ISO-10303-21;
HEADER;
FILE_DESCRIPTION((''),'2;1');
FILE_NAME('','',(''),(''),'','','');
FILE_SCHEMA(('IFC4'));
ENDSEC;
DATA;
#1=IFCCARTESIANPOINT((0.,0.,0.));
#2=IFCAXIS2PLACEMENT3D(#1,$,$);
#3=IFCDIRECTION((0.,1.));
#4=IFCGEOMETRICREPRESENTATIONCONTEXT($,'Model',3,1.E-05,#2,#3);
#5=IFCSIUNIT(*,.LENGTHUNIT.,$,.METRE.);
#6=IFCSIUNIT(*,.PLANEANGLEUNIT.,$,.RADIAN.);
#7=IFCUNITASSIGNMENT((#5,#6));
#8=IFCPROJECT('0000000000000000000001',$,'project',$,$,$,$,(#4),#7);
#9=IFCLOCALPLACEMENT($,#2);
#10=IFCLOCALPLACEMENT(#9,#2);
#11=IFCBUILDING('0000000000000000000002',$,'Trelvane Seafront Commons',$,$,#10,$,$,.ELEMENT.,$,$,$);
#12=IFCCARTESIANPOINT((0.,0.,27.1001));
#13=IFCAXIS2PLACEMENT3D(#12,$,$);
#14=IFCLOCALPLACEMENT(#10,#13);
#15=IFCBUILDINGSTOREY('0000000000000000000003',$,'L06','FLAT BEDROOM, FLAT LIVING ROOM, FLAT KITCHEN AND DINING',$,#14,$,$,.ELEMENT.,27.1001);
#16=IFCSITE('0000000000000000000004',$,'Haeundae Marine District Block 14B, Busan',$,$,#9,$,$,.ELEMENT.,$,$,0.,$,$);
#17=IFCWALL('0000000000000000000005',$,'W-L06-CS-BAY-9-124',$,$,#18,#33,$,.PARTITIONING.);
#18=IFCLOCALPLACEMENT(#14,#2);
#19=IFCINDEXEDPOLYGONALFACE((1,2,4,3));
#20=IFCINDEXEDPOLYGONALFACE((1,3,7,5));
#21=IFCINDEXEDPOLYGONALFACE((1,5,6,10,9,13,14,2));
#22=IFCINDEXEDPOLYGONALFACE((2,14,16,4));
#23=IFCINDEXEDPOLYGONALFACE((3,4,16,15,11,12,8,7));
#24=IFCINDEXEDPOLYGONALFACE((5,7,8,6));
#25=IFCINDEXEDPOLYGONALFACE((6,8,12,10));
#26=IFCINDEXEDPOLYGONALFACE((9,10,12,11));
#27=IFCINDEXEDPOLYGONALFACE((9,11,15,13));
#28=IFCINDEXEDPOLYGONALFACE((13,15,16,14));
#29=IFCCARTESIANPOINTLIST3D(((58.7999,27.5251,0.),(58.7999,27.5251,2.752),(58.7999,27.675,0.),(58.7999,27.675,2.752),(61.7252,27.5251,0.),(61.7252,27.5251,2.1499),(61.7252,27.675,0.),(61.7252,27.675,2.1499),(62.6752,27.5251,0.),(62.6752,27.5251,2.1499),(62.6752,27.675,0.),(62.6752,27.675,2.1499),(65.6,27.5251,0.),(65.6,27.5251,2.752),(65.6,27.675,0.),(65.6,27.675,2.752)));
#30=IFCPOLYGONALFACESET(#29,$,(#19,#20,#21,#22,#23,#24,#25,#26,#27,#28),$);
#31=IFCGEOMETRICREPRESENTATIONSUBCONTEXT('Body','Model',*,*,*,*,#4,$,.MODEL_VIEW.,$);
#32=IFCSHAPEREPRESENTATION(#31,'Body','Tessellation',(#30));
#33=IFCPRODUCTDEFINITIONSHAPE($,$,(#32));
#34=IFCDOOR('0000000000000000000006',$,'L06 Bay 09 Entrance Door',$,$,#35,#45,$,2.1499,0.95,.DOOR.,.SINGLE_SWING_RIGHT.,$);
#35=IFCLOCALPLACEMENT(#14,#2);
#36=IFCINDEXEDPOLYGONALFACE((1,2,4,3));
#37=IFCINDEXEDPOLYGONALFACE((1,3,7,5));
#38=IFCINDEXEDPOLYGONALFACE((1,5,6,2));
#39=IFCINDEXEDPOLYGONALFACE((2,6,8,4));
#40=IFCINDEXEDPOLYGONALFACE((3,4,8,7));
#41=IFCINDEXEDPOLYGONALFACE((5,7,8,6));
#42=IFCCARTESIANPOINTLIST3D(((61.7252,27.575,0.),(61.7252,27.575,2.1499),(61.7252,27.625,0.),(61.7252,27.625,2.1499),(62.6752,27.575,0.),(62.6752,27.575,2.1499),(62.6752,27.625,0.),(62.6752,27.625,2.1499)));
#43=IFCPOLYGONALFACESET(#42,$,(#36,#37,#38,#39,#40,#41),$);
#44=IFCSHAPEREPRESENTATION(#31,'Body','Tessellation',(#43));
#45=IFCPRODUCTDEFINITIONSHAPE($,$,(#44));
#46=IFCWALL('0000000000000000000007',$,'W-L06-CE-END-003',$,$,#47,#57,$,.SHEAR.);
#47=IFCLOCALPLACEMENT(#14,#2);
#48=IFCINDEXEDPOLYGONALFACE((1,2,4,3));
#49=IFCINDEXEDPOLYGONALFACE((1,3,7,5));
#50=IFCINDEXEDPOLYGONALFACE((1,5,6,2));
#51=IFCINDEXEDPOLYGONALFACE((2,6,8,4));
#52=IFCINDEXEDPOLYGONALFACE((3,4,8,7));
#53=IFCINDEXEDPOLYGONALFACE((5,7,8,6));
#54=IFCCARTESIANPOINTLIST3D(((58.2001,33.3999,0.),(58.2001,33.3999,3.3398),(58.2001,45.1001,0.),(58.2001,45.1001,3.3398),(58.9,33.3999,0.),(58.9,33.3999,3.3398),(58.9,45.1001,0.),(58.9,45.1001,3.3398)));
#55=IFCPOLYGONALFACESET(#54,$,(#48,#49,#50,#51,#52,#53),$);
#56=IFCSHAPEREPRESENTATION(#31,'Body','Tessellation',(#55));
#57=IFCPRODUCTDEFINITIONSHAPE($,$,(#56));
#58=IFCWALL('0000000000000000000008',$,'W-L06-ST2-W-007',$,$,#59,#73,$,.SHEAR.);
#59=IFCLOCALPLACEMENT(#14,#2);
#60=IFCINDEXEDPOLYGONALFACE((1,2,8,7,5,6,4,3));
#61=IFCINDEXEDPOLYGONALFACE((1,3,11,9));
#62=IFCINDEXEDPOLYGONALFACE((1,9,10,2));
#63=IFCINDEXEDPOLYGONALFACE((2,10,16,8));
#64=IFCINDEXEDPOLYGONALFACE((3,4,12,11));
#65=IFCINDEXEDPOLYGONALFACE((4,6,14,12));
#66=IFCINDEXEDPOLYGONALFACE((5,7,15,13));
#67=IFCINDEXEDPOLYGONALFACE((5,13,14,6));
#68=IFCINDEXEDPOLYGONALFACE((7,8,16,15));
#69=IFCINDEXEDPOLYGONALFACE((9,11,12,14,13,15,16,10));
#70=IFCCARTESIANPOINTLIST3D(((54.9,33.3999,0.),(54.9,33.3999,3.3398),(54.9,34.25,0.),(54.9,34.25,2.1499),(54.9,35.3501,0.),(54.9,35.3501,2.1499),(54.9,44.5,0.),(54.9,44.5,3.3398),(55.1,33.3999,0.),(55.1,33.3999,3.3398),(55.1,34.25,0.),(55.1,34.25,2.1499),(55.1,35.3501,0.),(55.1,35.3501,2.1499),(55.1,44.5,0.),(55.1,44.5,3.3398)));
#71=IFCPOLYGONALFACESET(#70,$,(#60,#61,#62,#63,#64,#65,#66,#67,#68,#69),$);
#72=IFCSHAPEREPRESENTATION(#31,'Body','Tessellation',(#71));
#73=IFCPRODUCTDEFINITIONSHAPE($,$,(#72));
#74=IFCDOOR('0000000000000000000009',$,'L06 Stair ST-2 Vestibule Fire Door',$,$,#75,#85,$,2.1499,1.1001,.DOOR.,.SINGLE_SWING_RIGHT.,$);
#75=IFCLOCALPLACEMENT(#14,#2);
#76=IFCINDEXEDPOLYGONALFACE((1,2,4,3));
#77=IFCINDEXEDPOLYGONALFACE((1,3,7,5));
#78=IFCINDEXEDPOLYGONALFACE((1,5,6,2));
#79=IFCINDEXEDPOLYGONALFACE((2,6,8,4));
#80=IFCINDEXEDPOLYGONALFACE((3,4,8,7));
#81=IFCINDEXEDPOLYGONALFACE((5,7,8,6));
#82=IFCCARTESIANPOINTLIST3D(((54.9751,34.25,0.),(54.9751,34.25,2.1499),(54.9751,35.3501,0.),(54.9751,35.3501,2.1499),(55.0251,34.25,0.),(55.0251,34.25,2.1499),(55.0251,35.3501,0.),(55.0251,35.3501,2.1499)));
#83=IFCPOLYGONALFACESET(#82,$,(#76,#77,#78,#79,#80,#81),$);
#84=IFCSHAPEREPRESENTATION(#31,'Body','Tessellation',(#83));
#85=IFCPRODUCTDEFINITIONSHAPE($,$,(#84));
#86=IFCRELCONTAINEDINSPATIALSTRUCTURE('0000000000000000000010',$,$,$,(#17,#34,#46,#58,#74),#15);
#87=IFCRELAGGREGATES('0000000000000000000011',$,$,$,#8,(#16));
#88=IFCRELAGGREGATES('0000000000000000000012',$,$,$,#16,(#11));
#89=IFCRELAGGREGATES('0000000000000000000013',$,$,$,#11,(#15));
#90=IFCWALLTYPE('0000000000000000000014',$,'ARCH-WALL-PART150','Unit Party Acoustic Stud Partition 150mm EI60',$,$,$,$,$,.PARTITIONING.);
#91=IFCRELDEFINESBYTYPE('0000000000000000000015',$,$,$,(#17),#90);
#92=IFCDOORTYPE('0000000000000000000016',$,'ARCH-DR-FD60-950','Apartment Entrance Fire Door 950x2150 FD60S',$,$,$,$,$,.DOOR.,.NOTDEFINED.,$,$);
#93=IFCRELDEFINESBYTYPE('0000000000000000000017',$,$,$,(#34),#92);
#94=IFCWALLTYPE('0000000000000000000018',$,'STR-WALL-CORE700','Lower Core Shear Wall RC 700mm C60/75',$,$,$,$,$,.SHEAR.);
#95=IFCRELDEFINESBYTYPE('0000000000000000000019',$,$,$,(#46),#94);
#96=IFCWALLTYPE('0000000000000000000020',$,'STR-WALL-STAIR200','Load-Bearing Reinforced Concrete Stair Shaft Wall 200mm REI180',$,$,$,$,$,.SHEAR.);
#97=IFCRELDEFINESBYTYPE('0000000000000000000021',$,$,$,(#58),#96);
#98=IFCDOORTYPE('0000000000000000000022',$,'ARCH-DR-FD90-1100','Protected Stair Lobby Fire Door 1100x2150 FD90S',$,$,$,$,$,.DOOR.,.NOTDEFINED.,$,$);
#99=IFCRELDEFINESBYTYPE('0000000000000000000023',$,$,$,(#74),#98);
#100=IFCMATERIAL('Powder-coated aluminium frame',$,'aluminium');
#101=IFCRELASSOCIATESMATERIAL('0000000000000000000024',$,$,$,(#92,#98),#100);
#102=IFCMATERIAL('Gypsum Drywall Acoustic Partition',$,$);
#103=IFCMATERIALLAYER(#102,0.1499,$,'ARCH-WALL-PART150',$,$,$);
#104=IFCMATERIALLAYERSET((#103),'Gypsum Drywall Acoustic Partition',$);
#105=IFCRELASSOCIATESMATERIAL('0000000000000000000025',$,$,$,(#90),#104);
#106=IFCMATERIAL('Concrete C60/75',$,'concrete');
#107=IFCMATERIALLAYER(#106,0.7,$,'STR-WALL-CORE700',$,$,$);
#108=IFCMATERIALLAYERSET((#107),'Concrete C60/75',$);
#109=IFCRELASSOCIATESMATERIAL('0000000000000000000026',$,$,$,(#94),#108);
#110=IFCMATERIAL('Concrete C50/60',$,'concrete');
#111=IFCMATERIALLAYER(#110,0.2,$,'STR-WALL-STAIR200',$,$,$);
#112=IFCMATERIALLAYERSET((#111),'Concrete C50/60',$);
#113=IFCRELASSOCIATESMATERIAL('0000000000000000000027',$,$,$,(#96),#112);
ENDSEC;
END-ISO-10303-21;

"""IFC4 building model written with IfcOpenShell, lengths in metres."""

from ifc_helpers import new_model, si_unit, direction, frame, frame_2d, origin, place, context, subcontext, project, spatial, rectangle, extrude, source, transform, mapped, material, layer, layer_set, type_object, element, fill, save


model = new_model("IFC4")

# Units and contexts
model_context = context("Model", 3, precision=1e-05, world=origin(), true_north=direction((0.0, 1.0)))
body_context = subcontext(model_context, "Body", "Model", "MODEL_VIEW")
ifc_project = project(units=[si_unit("LENGTHUNIT", "METRE"), si_unit("PLANEANGLEUNIT", "RADIAN")], contexts=[model_context])

# Site, building, storey
site_placement = place(None, origin())
site = spatial("IfcSite", under=ifc_project, at=site_placement, Name="Haeundae Marine District Block 14B, Busan", CompositionType="ELEMENT", RefElevation=0.0)
building_placement = place(site_placement, origin())
building = spatial("IfcBuilding", under=site, at=building_placement, Name="Trelvane Seafront Commons", CompositionType="ELEMENT")
storey_placement = place(building_placement, frame((0.0, 0.0, 27.1001)))
storey = spatial("IfcBuildingStorey", under=building, at=storey_placement, Name="L06", Description="FLAT BEDROOM, FLAT LIVING ROOM, FLAT KITCHEN AND DINING", CompositionType="ELEMENT", Elevation=27.1001)

# Shared definitions
ifc_material_1 = material(Name="Concrete C60/75", Category="concrete")

# Shared definitions
ifc_material_2 = material(Name="Powder-coated aluminium frame", Category="aluminium")
door_type_1 = type_object("IfcDoorType", Name="ARCH-DR-FD60-950", Description="Apartment Entrance Fire Door 950x2150 FD60S", OperationType="NOTDEFINED", PredefinedType="DOOR", material=ifc_material_2)
shared_shape_1 = source(origin(), body_context, "Body", "SweptSolid", [
    extrude(rectangle(XDim=0.95, YDim=2.1499, at=frame_2d((0.4751, 1.075))), frame((0.0, 0.0249, 0.0), z_axis=(0.0, -1.0, 0.0), x_axis=(1.0, 0.0, 0.0)), (0.0, 0.0, 1.0), 0.05),
])

# Shared definitions
ifc_material_3 = material(Name="Gypsum Drywall Acoustic Partition")

# Wall, opening, door
ifc_layer_1 = layer(ifc_material_3, 0.1499, Name="ARCH-WALL-PART150")
ifc_layer_set_1 = layer_set([ifc_layer_1], Name="Gypsum Drywall Acoustic Partition")
wall_type_1 = type_object("IfcWallType", Name="ARCH-WALL-PART150", Description="Unit Party Acoustic Stud Partition 150mm EI60", PredefinedType="PARTITIONING", material=ifc_layer_set_1)
wall_1_placement = place(storey_placement, frame((58.8, 27.6001, 0.0), z_axis=(0.0, 0.0, 1.0), x_axis=(1.0, 0.0, 0.0)))
wall_1 = element("IfcWall", 1, at=wall_1_placement, inside=storey, type_object=wall_type_1, Name="W-L06-CS-BAY-9-124", PredefinedType="PARTITIONING", context=body_context, shape_type="SweptSolid", body=[
    extrude(rectangle(XDim=6.8, YDim=0.1499, at=frame_2d((3.3999, 0.0))), origin(), (0.0, 0.0, 1.0), 2.752),
])
opening_1_placement = place(wall_1_placement, frame((2.925, 0.0, 0.0)))
opening_1 = element("IfcOpeningElement", 2, at=opening_1_placement, cuts=wall_1, PredefinedType="OPENING", context=body_context, shape_type="SweptSolid", body=[
    extrude(rectangle(XDim=0.95, YDim=2.1499, at=frame_2d((0.4751, 1.075))), frame((0.0, 0.085, 0.0), z_axis=(0.0, -1.0, 0.0), x_axis=(1.0, 0.0, 0.0)), (0.0, 0.0, 1.0), 0.1699),
])
door_1_placement = place(opening_1_placement, origin())
door_1 = element("IfcDoor", 3, at=door_1_placement, inside=storey, type_object=door_type_1, Name="L06 Bay 09 Entrance Door", OperationType="SINGLE_SWING_RIGHT", OverallHeight=2.1499, OverallWidth=0.95, PredefinedType="DOOR", context=body_context, shape_type="MappedRepresentation", body=[
    mapped(shared_shape_1, transform((0.0, 0.0, 0.0), x_axis=(1.0, 0.0, 0.0), y_axis=(0.0, 1.0, 0.0), z_axis=(0.0, 0.0, 1.0), scale=1.0)),
])
fill(opening_1, door_1)

# Wall
ifc_layer_2 = layer(ifc_material_1, 0.7, Name="STR-WALL-CORE700")
ifc_layer_set_2 = layer_set([ifc_layer_2], Name="Concrete C60/75")
wall_type_2 = type_object("IfcWallType", Name="STR-WALL-CORE700", Description="Lower Core Shear Wall RC 700mm C60/75", PredefinedType="SHEAR", material=ifc_layer_set_2)
wall_2_placement = place(storey_placement, frame((58.55, 33.3999, 0.0), z_axis=(0.0, 0.0, 1.0), x_axis=(0.0, 1.0, 0.0)))
element("IfcWall", 4, at=wall_2_placement, inside=storey, type_object=wall_type_2, Name="W-L06-CE-END-003", PredefinedType="SHEAR", context=body_context, shape_type="SweptSolid", body=[
    extrude(rectangle(XDim=11.7002, YDim=0.7, at=frame_2d((5.8501, 0.0))), origin(), (0.0, 0.0, 1.0), 3.3398),
])

# Wall, opening, door
ifc_material_4 = material(Name="Concrete C50/60", Category="concrete")
ifc_layer_3 = layer(ifc_material_4, 0.2, Name="STR-WALL-STAIR200")
ifc_layer_set_3 = layer_set([ifc_layer_3], Name="Concrete C50/60")
wall_type_3 = type_object("IfcWallType", Name="STR-WALL-STAIR200", Description="Load-Bearing Reinforced Concrete Stair Shaft Wall 200mm REI180", PredefinedType="SHEAR", material=ifc_layer_set_3)
wall_3_placement = place(storey_placement, frame((55.0, 33.3999, 0.0), z_axis=(0.0, 0.0, 1.0), x_axis=(0.0, 1.0, 0.0)))
wall_3 = element("IfcWall", 5, at=wall_3_placement, inside=storey, type_object=wall_type_3, Name="W-L06-ST2-W-007", PredefinedType="SHEAR", context=body_context, shape_type="SweptSolid", body=[
    extrude(rectangle(XDim=11.1001, YDim=0.2, at=frame_2d((5.55, 0.0))), origin(), (0.0, 0.0, 1.0), 3.3398),
])
opening_2_placement = place(wall_3_placement, frame((0.8501, 0.0, 0.0)))
opening_2 = element("IfcOpeningElement", 6, at=opening_2_placement, cuts=wall_3, PredefinedType="OPENING", context=body_context, shape_type="SweptSolid", body=[
    extrude(rectangle(XDim=1.1001, YDim=2.1499, at=frame_2d((0.55, 1.075))), frame((0.0, 0.1099, 0.0), z_axis=(0.0, -1.0, 0.0), x_axis=(1.0, 0.0, 0.0)), (0.0, 0.0, 1.0), 0.22),
])
door_type_2 = type_object("IfcDoorType", Name="ARCH-DR-FD90-1100", Description="Protected Stair Lobby Fire Door 1100x2150 FD90S", OperationType="NOTDEFINED", PredefinedType="DOOR", material=ifc_material_2)
shared_shape_2 = source(origin(), body_context, "Body", "SweptSolid", [
    extrude(rectangle(XDim=1.1001, YDim=2.1499, at=frame_2d((0.55, 1.075))), frame((0.0, 0.0249, 0.0), z_axis=(0.0, -1.0, 0.0), x_axis=(1.0, 0.0, 0.0)), (0.0, 0.0, 1.0), 0.05),
])
door_2_placement = place(opening_2_placement, origin())
door_2 = element("IfcDoor", 7, at=door_2_placement, inside=storey, type_object=door_type_2, Name="L06 Stair ST-2 Vestibule Fire Door", OperationType="SINGLE_SWING_RIGHT", OverallHeight=2.1499, OverallWidth=1.1001, PredefinedType="DOOR", context=body_context, shape_type="MappedRepresentation", body=[
    mapped(shared_shape_2, transform((0.0, 0.0, 0.0), x_axis=(1.0, 0.0, 0.0), y_axis=(0.0, 1.0, 0.0), z_axis=(0.0, 0.0, 1.0), scale=1.0)),
])
fill(opening_2, door_2)

save(model, "model.ifc")
